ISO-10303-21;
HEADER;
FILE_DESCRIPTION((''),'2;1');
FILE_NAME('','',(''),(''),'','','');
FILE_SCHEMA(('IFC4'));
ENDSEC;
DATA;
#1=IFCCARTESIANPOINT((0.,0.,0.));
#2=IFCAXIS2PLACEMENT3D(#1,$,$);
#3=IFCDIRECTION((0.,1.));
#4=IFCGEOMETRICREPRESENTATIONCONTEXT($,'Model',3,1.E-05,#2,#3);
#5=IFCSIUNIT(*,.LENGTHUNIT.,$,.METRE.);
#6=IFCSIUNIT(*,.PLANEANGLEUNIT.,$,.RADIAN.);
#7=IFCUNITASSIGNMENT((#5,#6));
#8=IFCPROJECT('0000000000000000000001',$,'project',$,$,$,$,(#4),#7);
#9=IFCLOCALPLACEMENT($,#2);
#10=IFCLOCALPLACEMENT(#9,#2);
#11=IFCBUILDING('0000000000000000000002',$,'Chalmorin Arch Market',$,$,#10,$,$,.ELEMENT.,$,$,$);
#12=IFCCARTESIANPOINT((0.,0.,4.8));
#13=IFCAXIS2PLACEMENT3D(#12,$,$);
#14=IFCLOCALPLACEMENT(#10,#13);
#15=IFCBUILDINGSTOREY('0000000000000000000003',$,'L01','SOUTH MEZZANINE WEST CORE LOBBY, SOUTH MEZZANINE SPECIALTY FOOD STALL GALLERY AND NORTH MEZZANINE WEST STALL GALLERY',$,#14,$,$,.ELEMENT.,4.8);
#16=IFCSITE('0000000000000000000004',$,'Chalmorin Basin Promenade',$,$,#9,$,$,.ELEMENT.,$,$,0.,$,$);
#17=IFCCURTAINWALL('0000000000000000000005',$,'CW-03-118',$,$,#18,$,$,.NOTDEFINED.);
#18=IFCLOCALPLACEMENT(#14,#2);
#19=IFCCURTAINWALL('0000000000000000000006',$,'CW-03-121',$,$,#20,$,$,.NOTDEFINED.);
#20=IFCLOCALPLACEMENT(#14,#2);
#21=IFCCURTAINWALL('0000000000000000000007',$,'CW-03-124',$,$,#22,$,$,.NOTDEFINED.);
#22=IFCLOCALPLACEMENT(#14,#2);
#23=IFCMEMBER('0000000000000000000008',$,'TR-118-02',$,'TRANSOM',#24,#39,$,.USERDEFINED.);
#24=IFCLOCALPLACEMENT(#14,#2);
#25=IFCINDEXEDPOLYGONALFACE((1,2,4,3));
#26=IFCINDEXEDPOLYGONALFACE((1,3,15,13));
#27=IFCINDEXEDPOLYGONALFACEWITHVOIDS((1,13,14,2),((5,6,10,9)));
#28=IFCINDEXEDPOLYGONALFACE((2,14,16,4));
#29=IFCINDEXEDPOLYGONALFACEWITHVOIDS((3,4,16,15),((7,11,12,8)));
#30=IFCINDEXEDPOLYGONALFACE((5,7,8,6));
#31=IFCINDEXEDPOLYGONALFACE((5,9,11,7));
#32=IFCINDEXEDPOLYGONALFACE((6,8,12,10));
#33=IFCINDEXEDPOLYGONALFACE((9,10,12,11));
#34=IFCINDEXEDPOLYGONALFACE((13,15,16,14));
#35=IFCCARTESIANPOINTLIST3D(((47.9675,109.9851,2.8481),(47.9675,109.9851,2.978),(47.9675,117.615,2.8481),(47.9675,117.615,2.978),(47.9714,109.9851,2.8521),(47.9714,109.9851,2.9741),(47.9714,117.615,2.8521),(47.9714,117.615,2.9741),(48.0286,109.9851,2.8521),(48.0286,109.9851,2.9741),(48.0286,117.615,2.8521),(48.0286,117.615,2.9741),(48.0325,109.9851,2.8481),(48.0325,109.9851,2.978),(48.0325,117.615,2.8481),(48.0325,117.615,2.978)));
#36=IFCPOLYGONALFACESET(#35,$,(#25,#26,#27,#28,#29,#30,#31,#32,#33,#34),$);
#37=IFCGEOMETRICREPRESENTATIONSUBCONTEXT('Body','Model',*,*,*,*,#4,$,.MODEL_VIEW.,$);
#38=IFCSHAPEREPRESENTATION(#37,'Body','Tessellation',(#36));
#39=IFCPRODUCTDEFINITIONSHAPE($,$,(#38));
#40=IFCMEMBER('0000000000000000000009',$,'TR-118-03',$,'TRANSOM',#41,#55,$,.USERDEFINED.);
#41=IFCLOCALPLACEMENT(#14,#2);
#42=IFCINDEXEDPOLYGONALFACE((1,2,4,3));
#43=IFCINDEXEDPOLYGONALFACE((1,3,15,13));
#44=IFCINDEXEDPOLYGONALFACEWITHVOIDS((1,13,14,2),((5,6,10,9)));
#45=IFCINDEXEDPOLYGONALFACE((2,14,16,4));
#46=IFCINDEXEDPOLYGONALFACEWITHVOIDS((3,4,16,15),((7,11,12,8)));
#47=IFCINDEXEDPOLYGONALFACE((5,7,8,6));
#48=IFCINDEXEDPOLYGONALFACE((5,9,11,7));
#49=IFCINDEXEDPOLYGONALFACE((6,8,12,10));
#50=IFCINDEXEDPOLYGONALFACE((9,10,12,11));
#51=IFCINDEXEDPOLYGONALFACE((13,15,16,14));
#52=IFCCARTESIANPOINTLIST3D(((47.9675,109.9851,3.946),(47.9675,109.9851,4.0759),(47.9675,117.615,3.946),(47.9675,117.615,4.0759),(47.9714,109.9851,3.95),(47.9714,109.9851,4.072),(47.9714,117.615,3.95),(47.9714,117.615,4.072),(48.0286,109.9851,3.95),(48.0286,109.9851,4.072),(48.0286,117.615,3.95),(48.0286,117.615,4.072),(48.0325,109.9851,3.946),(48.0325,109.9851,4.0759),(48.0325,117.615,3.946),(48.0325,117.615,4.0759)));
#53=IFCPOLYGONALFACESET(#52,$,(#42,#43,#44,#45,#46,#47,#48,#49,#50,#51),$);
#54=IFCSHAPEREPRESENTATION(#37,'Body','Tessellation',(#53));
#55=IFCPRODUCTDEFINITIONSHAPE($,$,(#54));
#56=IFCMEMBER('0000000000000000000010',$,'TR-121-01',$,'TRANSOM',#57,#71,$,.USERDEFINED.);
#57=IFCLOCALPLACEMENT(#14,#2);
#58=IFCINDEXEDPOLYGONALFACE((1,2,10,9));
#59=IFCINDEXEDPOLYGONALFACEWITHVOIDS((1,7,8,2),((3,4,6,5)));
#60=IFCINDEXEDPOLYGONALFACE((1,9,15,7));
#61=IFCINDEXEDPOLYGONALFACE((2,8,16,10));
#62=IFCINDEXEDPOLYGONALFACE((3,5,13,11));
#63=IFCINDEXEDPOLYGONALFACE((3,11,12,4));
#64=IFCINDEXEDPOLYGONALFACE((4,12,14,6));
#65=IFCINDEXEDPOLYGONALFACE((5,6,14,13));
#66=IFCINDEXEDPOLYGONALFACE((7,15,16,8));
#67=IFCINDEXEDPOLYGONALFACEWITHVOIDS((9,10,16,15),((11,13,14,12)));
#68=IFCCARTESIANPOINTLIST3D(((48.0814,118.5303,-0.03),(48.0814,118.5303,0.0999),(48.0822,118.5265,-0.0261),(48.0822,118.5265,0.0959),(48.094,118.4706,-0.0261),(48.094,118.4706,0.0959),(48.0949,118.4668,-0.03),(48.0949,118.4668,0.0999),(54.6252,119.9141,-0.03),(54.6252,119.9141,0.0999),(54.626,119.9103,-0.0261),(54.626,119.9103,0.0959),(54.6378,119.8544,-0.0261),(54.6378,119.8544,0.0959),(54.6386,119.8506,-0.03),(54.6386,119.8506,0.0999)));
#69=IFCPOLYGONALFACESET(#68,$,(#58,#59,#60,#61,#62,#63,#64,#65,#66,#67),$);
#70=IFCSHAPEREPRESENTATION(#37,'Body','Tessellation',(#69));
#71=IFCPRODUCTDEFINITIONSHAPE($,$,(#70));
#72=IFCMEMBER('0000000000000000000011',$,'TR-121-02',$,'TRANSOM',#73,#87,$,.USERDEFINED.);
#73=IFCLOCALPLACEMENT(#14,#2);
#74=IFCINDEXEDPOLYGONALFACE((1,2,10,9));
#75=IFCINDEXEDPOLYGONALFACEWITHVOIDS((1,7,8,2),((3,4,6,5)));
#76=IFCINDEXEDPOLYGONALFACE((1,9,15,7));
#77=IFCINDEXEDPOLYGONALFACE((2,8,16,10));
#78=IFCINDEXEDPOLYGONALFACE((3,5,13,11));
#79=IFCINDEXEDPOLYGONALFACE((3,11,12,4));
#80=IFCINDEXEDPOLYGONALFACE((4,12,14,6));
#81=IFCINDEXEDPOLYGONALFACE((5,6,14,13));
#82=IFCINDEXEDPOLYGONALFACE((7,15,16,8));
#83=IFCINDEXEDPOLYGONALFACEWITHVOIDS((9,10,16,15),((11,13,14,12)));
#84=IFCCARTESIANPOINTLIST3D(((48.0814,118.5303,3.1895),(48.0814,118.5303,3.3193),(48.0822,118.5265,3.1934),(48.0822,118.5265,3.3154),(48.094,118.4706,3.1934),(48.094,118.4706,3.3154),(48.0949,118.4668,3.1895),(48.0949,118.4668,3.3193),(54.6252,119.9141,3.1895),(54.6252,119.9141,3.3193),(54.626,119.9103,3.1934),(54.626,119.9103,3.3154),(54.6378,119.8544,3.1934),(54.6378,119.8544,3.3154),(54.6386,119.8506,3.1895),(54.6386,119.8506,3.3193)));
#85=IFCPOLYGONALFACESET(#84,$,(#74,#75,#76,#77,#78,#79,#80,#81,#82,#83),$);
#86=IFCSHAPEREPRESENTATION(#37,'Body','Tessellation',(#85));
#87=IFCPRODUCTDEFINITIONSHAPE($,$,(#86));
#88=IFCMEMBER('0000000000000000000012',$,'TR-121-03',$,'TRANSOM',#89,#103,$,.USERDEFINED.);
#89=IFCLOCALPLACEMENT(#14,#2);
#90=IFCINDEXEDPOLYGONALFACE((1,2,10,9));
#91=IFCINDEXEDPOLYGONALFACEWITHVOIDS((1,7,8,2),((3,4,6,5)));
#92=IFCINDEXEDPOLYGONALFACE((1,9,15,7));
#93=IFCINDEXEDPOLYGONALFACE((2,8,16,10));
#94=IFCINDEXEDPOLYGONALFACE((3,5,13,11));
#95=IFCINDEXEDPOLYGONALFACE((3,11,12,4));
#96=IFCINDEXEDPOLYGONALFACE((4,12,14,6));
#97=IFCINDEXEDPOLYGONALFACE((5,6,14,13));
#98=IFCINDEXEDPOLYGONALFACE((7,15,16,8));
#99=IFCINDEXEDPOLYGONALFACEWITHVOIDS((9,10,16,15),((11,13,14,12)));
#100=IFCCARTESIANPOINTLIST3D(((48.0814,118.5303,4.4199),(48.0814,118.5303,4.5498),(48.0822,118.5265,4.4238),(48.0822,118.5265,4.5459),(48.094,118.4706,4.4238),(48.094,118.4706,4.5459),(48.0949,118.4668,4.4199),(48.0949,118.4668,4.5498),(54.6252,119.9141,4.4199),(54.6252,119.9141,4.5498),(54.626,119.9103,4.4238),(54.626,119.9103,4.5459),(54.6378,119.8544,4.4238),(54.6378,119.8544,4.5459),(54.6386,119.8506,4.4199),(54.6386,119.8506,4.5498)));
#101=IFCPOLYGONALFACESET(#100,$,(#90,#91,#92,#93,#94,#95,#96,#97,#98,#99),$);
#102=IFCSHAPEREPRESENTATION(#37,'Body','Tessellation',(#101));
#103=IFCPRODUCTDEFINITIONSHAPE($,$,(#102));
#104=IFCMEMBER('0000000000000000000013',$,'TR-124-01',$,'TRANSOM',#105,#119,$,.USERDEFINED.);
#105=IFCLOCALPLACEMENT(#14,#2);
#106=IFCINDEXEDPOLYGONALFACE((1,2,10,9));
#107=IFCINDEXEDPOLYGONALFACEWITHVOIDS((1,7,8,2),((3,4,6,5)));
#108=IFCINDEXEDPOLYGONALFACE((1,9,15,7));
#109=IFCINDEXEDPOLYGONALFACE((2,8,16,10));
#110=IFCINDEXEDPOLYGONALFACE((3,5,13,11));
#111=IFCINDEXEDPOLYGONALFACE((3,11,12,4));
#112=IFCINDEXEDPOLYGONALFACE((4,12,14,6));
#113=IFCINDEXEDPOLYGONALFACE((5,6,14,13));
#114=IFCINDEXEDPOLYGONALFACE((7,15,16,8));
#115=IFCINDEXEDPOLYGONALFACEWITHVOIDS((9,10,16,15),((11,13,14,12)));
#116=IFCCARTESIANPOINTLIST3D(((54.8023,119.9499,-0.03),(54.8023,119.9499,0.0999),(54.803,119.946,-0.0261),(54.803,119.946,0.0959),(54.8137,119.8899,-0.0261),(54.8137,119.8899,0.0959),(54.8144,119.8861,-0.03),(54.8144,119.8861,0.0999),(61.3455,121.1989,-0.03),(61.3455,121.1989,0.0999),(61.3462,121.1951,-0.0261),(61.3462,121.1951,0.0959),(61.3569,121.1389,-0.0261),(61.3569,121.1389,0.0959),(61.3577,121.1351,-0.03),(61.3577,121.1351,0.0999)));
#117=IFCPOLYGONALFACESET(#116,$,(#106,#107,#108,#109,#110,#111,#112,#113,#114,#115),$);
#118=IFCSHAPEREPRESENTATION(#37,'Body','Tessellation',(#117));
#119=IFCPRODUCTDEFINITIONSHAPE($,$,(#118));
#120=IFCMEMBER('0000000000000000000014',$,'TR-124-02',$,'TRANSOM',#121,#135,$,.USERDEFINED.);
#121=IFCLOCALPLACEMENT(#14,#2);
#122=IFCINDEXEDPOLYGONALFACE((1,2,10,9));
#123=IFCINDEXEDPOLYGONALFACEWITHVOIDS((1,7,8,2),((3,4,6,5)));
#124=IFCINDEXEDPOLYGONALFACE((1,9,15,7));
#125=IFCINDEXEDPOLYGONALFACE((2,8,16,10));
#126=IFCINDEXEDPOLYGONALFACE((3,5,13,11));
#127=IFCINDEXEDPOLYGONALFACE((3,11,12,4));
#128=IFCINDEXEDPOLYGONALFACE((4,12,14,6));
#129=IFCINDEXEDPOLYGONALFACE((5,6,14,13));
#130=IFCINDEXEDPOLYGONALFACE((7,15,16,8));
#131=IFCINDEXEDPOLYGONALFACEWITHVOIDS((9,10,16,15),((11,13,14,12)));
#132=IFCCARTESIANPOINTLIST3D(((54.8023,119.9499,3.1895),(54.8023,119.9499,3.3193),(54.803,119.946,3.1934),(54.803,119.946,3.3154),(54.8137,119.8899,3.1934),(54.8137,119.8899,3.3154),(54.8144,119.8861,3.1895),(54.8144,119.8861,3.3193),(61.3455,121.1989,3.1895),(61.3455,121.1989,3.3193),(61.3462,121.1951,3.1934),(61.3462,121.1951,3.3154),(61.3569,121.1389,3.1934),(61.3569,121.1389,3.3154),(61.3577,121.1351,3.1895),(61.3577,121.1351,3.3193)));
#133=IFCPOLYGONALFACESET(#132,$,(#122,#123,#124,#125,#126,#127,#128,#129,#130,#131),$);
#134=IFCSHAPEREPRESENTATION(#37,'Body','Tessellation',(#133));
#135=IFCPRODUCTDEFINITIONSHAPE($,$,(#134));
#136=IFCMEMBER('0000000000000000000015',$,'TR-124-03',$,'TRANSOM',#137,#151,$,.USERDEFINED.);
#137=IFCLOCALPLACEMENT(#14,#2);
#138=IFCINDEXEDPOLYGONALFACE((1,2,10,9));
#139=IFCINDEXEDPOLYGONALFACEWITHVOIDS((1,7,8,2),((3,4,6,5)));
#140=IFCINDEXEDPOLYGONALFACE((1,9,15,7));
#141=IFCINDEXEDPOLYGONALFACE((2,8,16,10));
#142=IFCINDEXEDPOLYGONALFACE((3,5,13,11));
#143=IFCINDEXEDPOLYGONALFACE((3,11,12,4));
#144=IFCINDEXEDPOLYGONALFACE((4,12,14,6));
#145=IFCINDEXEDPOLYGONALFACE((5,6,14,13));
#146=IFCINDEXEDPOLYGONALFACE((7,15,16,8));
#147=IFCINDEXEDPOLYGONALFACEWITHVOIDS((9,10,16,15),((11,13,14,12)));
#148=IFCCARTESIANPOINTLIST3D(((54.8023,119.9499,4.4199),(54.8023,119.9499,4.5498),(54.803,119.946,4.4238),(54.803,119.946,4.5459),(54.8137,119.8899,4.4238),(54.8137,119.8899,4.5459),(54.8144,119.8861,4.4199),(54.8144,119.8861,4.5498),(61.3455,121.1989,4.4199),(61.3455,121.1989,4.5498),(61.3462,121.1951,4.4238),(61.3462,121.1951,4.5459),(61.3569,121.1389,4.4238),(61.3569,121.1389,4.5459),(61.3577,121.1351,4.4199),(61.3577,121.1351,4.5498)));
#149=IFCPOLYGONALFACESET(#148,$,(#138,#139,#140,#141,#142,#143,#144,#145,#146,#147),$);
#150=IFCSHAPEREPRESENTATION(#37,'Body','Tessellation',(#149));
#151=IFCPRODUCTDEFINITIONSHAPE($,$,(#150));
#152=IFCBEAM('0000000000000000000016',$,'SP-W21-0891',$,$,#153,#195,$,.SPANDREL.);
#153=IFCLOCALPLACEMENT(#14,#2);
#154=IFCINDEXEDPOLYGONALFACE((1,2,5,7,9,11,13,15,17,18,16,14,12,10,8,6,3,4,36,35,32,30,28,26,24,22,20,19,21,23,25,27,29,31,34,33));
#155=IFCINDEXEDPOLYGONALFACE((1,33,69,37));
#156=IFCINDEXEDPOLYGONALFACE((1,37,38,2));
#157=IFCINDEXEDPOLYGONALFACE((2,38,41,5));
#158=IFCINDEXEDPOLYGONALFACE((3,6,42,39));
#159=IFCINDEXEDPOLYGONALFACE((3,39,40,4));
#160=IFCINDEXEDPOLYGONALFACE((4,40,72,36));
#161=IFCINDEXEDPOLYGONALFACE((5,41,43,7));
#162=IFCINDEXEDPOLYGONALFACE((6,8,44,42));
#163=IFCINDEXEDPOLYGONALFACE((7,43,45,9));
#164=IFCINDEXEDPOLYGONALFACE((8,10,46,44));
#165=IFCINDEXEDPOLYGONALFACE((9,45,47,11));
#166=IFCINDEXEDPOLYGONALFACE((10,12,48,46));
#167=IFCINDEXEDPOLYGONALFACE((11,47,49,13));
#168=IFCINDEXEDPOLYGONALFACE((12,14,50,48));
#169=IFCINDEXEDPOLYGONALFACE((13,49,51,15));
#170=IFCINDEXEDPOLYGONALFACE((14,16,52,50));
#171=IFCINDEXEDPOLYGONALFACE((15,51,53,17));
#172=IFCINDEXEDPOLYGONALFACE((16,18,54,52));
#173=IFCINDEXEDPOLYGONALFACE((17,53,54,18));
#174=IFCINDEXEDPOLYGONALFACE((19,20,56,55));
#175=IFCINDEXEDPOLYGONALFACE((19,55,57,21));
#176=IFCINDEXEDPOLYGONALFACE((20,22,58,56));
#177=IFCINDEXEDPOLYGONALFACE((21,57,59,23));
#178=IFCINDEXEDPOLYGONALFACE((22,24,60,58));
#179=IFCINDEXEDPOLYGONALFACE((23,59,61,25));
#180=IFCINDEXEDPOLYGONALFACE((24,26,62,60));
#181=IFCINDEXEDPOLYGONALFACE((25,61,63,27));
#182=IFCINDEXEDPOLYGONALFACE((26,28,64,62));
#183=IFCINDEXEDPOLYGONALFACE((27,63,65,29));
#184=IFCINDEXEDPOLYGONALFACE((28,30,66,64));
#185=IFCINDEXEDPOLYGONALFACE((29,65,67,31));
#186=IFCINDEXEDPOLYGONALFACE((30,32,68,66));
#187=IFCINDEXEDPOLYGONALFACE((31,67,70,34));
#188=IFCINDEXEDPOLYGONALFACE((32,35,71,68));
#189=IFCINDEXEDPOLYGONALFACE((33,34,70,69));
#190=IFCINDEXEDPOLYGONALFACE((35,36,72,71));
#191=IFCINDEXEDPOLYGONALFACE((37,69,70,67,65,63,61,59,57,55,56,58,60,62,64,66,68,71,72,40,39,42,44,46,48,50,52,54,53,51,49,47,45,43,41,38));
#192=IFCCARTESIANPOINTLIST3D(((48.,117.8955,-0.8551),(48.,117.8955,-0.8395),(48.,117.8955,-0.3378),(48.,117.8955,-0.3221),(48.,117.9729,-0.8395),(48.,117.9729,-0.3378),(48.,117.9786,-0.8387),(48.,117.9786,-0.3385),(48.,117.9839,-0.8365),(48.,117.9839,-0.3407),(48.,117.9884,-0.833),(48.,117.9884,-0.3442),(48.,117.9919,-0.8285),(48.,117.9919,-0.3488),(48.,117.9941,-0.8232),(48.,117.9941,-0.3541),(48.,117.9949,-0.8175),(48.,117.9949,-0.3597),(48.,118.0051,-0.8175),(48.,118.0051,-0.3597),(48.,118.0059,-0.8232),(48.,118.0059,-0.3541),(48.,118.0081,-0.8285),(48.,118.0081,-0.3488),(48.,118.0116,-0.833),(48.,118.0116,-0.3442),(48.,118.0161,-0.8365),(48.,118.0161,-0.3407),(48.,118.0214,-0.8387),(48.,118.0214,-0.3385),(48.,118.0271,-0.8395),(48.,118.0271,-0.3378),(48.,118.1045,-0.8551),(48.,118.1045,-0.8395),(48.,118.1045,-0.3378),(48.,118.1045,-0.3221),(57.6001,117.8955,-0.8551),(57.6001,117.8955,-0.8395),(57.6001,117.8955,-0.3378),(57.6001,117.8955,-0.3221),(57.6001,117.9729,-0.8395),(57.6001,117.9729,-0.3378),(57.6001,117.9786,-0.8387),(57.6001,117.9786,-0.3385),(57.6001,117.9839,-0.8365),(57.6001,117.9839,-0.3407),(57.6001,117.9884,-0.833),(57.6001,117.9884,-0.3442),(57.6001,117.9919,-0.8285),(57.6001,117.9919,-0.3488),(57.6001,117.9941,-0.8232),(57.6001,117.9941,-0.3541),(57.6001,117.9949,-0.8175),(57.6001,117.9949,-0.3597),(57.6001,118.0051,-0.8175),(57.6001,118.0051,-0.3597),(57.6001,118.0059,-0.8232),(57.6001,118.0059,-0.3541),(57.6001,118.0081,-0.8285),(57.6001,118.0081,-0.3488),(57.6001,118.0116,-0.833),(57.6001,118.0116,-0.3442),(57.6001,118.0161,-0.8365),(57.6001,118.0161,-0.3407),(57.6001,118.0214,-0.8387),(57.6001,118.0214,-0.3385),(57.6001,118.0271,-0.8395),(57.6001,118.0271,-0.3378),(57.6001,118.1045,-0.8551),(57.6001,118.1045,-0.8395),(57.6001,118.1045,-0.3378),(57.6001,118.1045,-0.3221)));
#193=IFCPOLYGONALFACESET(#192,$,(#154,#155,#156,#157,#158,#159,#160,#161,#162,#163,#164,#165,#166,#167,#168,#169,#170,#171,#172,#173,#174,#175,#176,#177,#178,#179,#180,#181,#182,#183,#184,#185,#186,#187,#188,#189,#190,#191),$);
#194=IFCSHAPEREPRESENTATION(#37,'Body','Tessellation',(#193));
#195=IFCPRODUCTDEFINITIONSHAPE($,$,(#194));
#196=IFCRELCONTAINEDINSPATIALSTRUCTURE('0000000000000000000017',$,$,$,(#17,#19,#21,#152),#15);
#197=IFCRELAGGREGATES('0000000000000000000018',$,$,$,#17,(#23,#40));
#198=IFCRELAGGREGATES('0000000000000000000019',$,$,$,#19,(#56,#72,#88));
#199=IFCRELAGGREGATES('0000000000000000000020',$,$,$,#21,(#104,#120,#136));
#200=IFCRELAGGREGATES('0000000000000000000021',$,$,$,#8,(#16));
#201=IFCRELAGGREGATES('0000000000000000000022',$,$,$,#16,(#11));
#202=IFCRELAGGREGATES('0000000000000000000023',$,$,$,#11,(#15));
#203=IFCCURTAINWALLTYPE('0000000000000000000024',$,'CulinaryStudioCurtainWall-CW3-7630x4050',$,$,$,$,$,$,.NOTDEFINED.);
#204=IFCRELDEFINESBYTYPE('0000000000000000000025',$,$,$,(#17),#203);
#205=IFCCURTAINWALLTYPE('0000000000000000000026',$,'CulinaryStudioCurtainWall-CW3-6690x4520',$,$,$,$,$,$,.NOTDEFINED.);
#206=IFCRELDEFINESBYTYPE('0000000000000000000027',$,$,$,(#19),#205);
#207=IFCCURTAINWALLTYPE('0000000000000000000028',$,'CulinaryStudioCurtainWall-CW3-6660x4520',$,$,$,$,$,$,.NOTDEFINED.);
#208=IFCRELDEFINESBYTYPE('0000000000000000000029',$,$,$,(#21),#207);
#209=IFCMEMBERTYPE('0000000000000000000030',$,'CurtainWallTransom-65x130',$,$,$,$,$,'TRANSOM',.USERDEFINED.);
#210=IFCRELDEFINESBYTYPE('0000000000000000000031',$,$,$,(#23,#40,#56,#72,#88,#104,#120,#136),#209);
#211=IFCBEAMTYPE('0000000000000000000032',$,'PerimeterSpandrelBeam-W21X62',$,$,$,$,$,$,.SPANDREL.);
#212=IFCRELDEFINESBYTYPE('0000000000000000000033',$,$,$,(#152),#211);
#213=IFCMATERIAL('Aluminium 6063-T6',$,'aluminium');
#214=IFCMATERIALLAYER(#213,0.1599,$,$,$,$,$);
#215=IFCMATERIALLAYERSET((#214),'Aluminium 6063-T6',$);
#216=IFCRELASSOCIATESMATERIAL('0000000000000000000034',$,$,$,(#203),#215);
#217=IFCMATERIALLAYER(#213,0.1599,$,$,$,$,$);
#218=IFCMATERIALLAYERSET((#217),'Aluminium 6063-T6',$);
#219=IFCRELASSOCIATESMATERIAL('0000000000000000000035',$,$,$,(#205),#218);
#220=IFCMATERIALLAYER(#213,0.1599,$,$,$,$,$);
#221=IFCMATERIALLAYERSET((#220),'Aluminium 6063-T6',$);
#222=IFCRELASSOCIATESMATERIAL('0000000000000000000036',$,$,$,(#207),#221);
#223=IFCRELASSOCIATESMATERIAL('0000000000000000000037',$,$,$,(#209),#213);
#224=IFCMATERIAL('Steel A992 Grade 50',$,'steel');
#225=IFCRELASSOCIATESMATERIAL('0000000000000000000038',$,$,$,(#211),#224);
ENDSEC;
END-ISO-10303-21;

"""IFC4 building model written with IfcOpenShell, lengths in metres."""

from ifc_helpers import new_model, si_unit, direction, frame, origin, origin_2d, place, context, subcontext, project, spatial, hollow_rectangle, i_section, extrude, material, layer, layer_set, material_profile, profile_set, type_object, element, aggregate, save


model = new_model("IFC4")

# Units and contexts
model_context = context("Model", 3, precision=1e-05, world=origin(), true_north=direction((0.0, 1.0)))
body_context = subcontext(model_context, "Body", "Model", "MODEL_VIEW")
ifc_project = project(units=[si_unit("LENGTHUNIT", "METRE"), si_unit("PLANEANGLEUNIT", "RADIAN")], contexts=[model_context])

# Site, building, storey
site_placement = place(None, origin())
site = spatial("IfcSite", under=ifc_project, at=site_placement, Name="Chalmorin Basin Promenade", CompositionType="ELEMENT", RefElevation=0.0)
building_placement = place(site_placement, origin())
building = spatial("IfcBuilding", under=site, at=building_placement, Name="Chalmorin Arch Market", CompositionType="ELEMENT")
storey_placement = place(building_placement, frame((0.0, 0.0, 4.8)))
storey = spatial("IfcBuildingStorey", under=building, at=storey_placement, Name="L01", Description="SOUTH MEZZANINE WEST CORE LOBBY, SOUTH MEZZANINE SPECIALTY FOOD STALL GALLERY AND NORTH MEZZANINE WEST STALL GALLERY", CompositionType="ELEMENT", Elevation=4.8)

# Curtain walls
ifc_material_1 = material(Name="Aluminium 6063-T6", Category="aluminium")
ifc_layer_1 = layer(ifc_material_1, 0.1599)
ifc_layer_set_1 = layer_set([ifc_layer_1], Name="Aluminium 6063-T6")
curtain_wall_type_1 = type_object("IfcCurtainWallType", Name="CulinaryStudioCurtainWall-CW3-7630x4050", PredefinedType="NOTDEFINED", material=ifc_layer_set_1)
curtain_wall_1_placement = place(storey_placement, origin())
curtain_wall_1 = element("IfcCurtainWall", 1, at=curtain_wall_1_placement, inside=storey, type_object=curtain_wall_type_1, Name="CW-03-118", PredefinedType="NOTDEFINED")
ifc_layer_2 = layer(ifc_material_1, 0.1599)
ifc_layer_set_2 = layer_set([ifc_layer_2], Name="Aluminium 6063-T6")
curtain_wall_type_2 = type_object("IfcCurtainWallType", Name="CulinaryStudioCurtainWall-CW3-6690x4520", PredefinedType="NOTDEFINED", material=ifc_layer_set_2)
curtain_wall_2_placement = place(storey_placement, origin())
curtain_wall_2 = element("IfcCurtainWall", 2, at=curtain_wall_2_placement, inside=storey, type_object=curtain_wall_type_2, Name="CW-03-121", PredefinedType="NOTDEFINED")

# Curtain wall
ifc_layer_3 = layer(ifc_material_1, 0.1599)
ifc_layer_set_3 = layer_set([ifc_layer_3], Name="Aluminium 6063-T6")
curtain_wall_type_3 = type_object("IfcCurtainWallType", Name="CulinaryStudioCurtainWall-CW3-6660x4520", PredefinedType="NOTDEFINED", material=ifc_layer_set_3)
curtain_wall_3_placement = place(storey_placement, origin())
curtain_wall_3 = element("IfcCurtainWall", 3, at=curtain_wall_3_placement, inside=storey, type_object=curtain_wall_type_3, Name="CW-03-124", PredefinedType="NOTDEFINED")

# Members
ifc_material_profile_1 = material_profile(ifc_material_1, hollow_rectangle(XDim=0.0649, YDim=0.1299, WallThickness=0.0039, at=origin_2d()), Name="ALU65X130X4")
ifc_profile_set_1 = profile_set([ifc_material_profile_1], Name="Aluminium 6063-T6")
member_type_1 = type_object("IfcMemberType", Name="CurtainWallTransom-65x130", ElementType="TRANSOM", PredefinedType="USERDEFINED", material=ifc_profile_set_1)
member_1_placement = place(storey_placement, frame((48.0, 109.9851, 2.9131), z_axis=(0.0, 1.0, 0.0), x_axis=(-1.0, 0.0, 0.0)))
member_1 = element("IfcMember", 4, at=member_1_placement, type_object=member_type_1, Name="TR-118-02", ObjectType="TRANSOM", PredefinedType="USERDEFINED", context=body_context, shape_type="SweptSolid", body=[
    extrude(hollow_rectangle(XDim=0.0649, YDim=0.1299, WallThickness=0.0039, at=origin_2d()), origin(), (0.0, 0.0, 1.0), 7.6299),
])
member_2_placement = place(storey_placement, frame((48.0, 109.9851, 4.011), z_axis=(0.0, 1.0, 0.0), x_axis=(-1.0, 0.0, 0.0)))
member_2 = element("IfcMember", 5, at=member_2_placement, type_object=member_type_1, Name="TR-118-03", ObjectType="TRANSOM", PredefinedType="USERDEFINED", context=body_context, shape_type="SweptSolid", body=[
    extrude(hollow_rectangle(XDim=0.0649, YDim=0.1299, WallThickness=0.0039, at=origin_2d()), origin(), (0.0, 0.0, 1.0), 7.6299),
])
member_3_placement = place(storey_placement, frame((48.0881, 118.4985, 0.0349), z_axis=(0.978363, 0.206893, 0.0), x_axis=(-0.206893, 0.978363, 0.0)))
member_3 = element("IfcMember", 6, at=member_3_placement, type_object=member_type_1, Name="TR-121-01", ObjectType="TRANSOM", PredefinedType="USERDEFINED", context=body_context, shape_type="SweptSolid", body=[
    extrude(hollow_rectangle(XDim=0.0649, YDim=0.1299, WallThickness=0.0039, at=origin_2d()), origin(), (0.0, 0.0, 1.0), 6.6885),
])
member_4_placement = place(storey_placement, frame((48.0881, 118.4985, 3.2544), z_axis=(0.978363, 0.206893, 0.0), x_axis=(-0.206893, 0.978363, 0.0)))
member_4 = element("IfcMember", 7, at=member_4_placement, type_object=member_type_1, Name="TR-121-02", ObjectType="TRANSOM", PredefinedType="USERDEFINED", context=body_context, shape_type="SweptSolid", body=[
    extrude(hollow_rectangle(XDim=0.0649, YDim=0.1299, WallThickness=0.0039, at=origin_2d()), origin(), (0.0, 0.0, 1.0), 6.6885),
])
member_5_placement = place(storey_placement, frame((48.0881, 118.4985, 4.4849), z_axis=(0.978363, 0.206893, 0.0), x_axis=(-0.206893, 0.978363, 0.0)))
member_5 = element("IfcMember", 8, at=member_5_placement, type_object=member_type_1, Name="TR-121-03", ObjectType="TRANSOM", PredefinedType="USERDEFINED", context=body_context, shape_type="SweptSolid", body=[
    extrude(hollow_rectangle(XDim=0.0649, YDim=0.1299, WallThickness=0.0039, at=origin_2d()), origin(), (0.0, 0.0, 1.0), 6.6885),
])
member_6_placement = place(storey_placement, frame((54.8083, 119.918, 0.0349), z_axis=(0.982264, 0.187503, 0.0), x_axis=(-0.187503, 0.982264, 0.0)))
member_6 = element("IfcMember", 9, at=member_6_placement, type_object=member_type_1, Name="TR-124-01", ObjectType="TRANSOM", PredefinedType="USERDEFINED", context=body_context, shape_type="SweptSolid", body=[
    extrude(hollow_rectangle(XDim=0.0649, YDim=0.1299, WallThickness=0.0039, at=origin_2d()), origin(), (0.0, 0.0, 1.0), 6.6614),
])
member_7_placement = place(storey_placement, frame((54.8083, 119.918, 3.2544), z_axis=(0.982264, 0.187503, 0.0), x_axis=(-0.187503, 0.982264, 0.0)))
member_7 = element("IfcMember", 10, at=member_7_placement, type_object=member_type_1, Name="TR-124-02", ObjectType="TRANSOM", PredefinedType="USERDEFINED", context=body_context, shape_type="SweptSolid", body=[
    extrude(hollow_rectangle(XDim=0.0649, YDim=0.1299, WallThickness=0.0039, at=origin_2d()), origin(), (0.0, 0.0, 1.0), 6.6614),
])
member_8_placement = place(storey_placement, frame((54.8083, 119.918, 4.4849), z_axis=(0.982264, 0.187503, 0.0), x_axis=(-0.187503, 0.982264, 0.0)))
member_8 = element("IfcMember", 11, at=member_8_placement, type_object=member_type_1, Name="TR-124-03", ObjectType="TRANSOM", PredefinedType="USERDEFINED", context=body_context, shape_type="SweptSolid", body=[
    extrude(hollow_rectangle(XDim=0.0649, YDim=0.1299, WallThickness=0.0039, at=origin_2d()), origin(), (0.0, 0.0, 1.0), 6.6614),
])

# Beam
ifc_material_2 = material(Name="Steel A992 Grade 50", Category="steel")
ifc_material_profile_2 = material_profile(ifc_material_2, i_section(OverallWidth=0.209, OverallDepth=0.533, WebThickness=0.0103, FlangeThickness=0.0156, FilletRadius=0.022, at=origin_2d()), Name="W21X62")
ifc_profile_set_2 = profile_set([ifc_material_profile_2], Name="Steel A992 Grade 50")
beam_type_1 = type_object("IfcBeamType", Name="PerimeterSpandrelBeam-W21X62", PredefinedType="SPANDREL", material=ifc_profile_set_2)
beam_placement = place(storey_placement, frame((48.0, 118.0, -0.5886), z_axis=(1.0, 0.0, 0.0), x_axis=(0.0, 1.0, 0.0)))
element("IfcBeam", 12, at=beam_placement, inside=storey, type_object=beam_type_1, Name="SP-W21-0891", PredefinedType="SPANDREL", context=body_context, shape_type="SweptSolid", body=[
    extrude(i_section(OverallWidth=0.209, OverallDepth=0.533, WebThickness=0.0103, FlangeThickness=0.0156, FilletRadius=0.022, at=origin_2d()), origin(), (0.0, 0.0, 1.0), 9.6001),
])

aggregate(curtain_wall_1, [member_1, member_2])
aggregate(curtain_wall_2, [member_3, member_4, member_5])
aggregate(curtain_wall_3, [member_6, member_7, member_8])

save(model, "model.ifc")
